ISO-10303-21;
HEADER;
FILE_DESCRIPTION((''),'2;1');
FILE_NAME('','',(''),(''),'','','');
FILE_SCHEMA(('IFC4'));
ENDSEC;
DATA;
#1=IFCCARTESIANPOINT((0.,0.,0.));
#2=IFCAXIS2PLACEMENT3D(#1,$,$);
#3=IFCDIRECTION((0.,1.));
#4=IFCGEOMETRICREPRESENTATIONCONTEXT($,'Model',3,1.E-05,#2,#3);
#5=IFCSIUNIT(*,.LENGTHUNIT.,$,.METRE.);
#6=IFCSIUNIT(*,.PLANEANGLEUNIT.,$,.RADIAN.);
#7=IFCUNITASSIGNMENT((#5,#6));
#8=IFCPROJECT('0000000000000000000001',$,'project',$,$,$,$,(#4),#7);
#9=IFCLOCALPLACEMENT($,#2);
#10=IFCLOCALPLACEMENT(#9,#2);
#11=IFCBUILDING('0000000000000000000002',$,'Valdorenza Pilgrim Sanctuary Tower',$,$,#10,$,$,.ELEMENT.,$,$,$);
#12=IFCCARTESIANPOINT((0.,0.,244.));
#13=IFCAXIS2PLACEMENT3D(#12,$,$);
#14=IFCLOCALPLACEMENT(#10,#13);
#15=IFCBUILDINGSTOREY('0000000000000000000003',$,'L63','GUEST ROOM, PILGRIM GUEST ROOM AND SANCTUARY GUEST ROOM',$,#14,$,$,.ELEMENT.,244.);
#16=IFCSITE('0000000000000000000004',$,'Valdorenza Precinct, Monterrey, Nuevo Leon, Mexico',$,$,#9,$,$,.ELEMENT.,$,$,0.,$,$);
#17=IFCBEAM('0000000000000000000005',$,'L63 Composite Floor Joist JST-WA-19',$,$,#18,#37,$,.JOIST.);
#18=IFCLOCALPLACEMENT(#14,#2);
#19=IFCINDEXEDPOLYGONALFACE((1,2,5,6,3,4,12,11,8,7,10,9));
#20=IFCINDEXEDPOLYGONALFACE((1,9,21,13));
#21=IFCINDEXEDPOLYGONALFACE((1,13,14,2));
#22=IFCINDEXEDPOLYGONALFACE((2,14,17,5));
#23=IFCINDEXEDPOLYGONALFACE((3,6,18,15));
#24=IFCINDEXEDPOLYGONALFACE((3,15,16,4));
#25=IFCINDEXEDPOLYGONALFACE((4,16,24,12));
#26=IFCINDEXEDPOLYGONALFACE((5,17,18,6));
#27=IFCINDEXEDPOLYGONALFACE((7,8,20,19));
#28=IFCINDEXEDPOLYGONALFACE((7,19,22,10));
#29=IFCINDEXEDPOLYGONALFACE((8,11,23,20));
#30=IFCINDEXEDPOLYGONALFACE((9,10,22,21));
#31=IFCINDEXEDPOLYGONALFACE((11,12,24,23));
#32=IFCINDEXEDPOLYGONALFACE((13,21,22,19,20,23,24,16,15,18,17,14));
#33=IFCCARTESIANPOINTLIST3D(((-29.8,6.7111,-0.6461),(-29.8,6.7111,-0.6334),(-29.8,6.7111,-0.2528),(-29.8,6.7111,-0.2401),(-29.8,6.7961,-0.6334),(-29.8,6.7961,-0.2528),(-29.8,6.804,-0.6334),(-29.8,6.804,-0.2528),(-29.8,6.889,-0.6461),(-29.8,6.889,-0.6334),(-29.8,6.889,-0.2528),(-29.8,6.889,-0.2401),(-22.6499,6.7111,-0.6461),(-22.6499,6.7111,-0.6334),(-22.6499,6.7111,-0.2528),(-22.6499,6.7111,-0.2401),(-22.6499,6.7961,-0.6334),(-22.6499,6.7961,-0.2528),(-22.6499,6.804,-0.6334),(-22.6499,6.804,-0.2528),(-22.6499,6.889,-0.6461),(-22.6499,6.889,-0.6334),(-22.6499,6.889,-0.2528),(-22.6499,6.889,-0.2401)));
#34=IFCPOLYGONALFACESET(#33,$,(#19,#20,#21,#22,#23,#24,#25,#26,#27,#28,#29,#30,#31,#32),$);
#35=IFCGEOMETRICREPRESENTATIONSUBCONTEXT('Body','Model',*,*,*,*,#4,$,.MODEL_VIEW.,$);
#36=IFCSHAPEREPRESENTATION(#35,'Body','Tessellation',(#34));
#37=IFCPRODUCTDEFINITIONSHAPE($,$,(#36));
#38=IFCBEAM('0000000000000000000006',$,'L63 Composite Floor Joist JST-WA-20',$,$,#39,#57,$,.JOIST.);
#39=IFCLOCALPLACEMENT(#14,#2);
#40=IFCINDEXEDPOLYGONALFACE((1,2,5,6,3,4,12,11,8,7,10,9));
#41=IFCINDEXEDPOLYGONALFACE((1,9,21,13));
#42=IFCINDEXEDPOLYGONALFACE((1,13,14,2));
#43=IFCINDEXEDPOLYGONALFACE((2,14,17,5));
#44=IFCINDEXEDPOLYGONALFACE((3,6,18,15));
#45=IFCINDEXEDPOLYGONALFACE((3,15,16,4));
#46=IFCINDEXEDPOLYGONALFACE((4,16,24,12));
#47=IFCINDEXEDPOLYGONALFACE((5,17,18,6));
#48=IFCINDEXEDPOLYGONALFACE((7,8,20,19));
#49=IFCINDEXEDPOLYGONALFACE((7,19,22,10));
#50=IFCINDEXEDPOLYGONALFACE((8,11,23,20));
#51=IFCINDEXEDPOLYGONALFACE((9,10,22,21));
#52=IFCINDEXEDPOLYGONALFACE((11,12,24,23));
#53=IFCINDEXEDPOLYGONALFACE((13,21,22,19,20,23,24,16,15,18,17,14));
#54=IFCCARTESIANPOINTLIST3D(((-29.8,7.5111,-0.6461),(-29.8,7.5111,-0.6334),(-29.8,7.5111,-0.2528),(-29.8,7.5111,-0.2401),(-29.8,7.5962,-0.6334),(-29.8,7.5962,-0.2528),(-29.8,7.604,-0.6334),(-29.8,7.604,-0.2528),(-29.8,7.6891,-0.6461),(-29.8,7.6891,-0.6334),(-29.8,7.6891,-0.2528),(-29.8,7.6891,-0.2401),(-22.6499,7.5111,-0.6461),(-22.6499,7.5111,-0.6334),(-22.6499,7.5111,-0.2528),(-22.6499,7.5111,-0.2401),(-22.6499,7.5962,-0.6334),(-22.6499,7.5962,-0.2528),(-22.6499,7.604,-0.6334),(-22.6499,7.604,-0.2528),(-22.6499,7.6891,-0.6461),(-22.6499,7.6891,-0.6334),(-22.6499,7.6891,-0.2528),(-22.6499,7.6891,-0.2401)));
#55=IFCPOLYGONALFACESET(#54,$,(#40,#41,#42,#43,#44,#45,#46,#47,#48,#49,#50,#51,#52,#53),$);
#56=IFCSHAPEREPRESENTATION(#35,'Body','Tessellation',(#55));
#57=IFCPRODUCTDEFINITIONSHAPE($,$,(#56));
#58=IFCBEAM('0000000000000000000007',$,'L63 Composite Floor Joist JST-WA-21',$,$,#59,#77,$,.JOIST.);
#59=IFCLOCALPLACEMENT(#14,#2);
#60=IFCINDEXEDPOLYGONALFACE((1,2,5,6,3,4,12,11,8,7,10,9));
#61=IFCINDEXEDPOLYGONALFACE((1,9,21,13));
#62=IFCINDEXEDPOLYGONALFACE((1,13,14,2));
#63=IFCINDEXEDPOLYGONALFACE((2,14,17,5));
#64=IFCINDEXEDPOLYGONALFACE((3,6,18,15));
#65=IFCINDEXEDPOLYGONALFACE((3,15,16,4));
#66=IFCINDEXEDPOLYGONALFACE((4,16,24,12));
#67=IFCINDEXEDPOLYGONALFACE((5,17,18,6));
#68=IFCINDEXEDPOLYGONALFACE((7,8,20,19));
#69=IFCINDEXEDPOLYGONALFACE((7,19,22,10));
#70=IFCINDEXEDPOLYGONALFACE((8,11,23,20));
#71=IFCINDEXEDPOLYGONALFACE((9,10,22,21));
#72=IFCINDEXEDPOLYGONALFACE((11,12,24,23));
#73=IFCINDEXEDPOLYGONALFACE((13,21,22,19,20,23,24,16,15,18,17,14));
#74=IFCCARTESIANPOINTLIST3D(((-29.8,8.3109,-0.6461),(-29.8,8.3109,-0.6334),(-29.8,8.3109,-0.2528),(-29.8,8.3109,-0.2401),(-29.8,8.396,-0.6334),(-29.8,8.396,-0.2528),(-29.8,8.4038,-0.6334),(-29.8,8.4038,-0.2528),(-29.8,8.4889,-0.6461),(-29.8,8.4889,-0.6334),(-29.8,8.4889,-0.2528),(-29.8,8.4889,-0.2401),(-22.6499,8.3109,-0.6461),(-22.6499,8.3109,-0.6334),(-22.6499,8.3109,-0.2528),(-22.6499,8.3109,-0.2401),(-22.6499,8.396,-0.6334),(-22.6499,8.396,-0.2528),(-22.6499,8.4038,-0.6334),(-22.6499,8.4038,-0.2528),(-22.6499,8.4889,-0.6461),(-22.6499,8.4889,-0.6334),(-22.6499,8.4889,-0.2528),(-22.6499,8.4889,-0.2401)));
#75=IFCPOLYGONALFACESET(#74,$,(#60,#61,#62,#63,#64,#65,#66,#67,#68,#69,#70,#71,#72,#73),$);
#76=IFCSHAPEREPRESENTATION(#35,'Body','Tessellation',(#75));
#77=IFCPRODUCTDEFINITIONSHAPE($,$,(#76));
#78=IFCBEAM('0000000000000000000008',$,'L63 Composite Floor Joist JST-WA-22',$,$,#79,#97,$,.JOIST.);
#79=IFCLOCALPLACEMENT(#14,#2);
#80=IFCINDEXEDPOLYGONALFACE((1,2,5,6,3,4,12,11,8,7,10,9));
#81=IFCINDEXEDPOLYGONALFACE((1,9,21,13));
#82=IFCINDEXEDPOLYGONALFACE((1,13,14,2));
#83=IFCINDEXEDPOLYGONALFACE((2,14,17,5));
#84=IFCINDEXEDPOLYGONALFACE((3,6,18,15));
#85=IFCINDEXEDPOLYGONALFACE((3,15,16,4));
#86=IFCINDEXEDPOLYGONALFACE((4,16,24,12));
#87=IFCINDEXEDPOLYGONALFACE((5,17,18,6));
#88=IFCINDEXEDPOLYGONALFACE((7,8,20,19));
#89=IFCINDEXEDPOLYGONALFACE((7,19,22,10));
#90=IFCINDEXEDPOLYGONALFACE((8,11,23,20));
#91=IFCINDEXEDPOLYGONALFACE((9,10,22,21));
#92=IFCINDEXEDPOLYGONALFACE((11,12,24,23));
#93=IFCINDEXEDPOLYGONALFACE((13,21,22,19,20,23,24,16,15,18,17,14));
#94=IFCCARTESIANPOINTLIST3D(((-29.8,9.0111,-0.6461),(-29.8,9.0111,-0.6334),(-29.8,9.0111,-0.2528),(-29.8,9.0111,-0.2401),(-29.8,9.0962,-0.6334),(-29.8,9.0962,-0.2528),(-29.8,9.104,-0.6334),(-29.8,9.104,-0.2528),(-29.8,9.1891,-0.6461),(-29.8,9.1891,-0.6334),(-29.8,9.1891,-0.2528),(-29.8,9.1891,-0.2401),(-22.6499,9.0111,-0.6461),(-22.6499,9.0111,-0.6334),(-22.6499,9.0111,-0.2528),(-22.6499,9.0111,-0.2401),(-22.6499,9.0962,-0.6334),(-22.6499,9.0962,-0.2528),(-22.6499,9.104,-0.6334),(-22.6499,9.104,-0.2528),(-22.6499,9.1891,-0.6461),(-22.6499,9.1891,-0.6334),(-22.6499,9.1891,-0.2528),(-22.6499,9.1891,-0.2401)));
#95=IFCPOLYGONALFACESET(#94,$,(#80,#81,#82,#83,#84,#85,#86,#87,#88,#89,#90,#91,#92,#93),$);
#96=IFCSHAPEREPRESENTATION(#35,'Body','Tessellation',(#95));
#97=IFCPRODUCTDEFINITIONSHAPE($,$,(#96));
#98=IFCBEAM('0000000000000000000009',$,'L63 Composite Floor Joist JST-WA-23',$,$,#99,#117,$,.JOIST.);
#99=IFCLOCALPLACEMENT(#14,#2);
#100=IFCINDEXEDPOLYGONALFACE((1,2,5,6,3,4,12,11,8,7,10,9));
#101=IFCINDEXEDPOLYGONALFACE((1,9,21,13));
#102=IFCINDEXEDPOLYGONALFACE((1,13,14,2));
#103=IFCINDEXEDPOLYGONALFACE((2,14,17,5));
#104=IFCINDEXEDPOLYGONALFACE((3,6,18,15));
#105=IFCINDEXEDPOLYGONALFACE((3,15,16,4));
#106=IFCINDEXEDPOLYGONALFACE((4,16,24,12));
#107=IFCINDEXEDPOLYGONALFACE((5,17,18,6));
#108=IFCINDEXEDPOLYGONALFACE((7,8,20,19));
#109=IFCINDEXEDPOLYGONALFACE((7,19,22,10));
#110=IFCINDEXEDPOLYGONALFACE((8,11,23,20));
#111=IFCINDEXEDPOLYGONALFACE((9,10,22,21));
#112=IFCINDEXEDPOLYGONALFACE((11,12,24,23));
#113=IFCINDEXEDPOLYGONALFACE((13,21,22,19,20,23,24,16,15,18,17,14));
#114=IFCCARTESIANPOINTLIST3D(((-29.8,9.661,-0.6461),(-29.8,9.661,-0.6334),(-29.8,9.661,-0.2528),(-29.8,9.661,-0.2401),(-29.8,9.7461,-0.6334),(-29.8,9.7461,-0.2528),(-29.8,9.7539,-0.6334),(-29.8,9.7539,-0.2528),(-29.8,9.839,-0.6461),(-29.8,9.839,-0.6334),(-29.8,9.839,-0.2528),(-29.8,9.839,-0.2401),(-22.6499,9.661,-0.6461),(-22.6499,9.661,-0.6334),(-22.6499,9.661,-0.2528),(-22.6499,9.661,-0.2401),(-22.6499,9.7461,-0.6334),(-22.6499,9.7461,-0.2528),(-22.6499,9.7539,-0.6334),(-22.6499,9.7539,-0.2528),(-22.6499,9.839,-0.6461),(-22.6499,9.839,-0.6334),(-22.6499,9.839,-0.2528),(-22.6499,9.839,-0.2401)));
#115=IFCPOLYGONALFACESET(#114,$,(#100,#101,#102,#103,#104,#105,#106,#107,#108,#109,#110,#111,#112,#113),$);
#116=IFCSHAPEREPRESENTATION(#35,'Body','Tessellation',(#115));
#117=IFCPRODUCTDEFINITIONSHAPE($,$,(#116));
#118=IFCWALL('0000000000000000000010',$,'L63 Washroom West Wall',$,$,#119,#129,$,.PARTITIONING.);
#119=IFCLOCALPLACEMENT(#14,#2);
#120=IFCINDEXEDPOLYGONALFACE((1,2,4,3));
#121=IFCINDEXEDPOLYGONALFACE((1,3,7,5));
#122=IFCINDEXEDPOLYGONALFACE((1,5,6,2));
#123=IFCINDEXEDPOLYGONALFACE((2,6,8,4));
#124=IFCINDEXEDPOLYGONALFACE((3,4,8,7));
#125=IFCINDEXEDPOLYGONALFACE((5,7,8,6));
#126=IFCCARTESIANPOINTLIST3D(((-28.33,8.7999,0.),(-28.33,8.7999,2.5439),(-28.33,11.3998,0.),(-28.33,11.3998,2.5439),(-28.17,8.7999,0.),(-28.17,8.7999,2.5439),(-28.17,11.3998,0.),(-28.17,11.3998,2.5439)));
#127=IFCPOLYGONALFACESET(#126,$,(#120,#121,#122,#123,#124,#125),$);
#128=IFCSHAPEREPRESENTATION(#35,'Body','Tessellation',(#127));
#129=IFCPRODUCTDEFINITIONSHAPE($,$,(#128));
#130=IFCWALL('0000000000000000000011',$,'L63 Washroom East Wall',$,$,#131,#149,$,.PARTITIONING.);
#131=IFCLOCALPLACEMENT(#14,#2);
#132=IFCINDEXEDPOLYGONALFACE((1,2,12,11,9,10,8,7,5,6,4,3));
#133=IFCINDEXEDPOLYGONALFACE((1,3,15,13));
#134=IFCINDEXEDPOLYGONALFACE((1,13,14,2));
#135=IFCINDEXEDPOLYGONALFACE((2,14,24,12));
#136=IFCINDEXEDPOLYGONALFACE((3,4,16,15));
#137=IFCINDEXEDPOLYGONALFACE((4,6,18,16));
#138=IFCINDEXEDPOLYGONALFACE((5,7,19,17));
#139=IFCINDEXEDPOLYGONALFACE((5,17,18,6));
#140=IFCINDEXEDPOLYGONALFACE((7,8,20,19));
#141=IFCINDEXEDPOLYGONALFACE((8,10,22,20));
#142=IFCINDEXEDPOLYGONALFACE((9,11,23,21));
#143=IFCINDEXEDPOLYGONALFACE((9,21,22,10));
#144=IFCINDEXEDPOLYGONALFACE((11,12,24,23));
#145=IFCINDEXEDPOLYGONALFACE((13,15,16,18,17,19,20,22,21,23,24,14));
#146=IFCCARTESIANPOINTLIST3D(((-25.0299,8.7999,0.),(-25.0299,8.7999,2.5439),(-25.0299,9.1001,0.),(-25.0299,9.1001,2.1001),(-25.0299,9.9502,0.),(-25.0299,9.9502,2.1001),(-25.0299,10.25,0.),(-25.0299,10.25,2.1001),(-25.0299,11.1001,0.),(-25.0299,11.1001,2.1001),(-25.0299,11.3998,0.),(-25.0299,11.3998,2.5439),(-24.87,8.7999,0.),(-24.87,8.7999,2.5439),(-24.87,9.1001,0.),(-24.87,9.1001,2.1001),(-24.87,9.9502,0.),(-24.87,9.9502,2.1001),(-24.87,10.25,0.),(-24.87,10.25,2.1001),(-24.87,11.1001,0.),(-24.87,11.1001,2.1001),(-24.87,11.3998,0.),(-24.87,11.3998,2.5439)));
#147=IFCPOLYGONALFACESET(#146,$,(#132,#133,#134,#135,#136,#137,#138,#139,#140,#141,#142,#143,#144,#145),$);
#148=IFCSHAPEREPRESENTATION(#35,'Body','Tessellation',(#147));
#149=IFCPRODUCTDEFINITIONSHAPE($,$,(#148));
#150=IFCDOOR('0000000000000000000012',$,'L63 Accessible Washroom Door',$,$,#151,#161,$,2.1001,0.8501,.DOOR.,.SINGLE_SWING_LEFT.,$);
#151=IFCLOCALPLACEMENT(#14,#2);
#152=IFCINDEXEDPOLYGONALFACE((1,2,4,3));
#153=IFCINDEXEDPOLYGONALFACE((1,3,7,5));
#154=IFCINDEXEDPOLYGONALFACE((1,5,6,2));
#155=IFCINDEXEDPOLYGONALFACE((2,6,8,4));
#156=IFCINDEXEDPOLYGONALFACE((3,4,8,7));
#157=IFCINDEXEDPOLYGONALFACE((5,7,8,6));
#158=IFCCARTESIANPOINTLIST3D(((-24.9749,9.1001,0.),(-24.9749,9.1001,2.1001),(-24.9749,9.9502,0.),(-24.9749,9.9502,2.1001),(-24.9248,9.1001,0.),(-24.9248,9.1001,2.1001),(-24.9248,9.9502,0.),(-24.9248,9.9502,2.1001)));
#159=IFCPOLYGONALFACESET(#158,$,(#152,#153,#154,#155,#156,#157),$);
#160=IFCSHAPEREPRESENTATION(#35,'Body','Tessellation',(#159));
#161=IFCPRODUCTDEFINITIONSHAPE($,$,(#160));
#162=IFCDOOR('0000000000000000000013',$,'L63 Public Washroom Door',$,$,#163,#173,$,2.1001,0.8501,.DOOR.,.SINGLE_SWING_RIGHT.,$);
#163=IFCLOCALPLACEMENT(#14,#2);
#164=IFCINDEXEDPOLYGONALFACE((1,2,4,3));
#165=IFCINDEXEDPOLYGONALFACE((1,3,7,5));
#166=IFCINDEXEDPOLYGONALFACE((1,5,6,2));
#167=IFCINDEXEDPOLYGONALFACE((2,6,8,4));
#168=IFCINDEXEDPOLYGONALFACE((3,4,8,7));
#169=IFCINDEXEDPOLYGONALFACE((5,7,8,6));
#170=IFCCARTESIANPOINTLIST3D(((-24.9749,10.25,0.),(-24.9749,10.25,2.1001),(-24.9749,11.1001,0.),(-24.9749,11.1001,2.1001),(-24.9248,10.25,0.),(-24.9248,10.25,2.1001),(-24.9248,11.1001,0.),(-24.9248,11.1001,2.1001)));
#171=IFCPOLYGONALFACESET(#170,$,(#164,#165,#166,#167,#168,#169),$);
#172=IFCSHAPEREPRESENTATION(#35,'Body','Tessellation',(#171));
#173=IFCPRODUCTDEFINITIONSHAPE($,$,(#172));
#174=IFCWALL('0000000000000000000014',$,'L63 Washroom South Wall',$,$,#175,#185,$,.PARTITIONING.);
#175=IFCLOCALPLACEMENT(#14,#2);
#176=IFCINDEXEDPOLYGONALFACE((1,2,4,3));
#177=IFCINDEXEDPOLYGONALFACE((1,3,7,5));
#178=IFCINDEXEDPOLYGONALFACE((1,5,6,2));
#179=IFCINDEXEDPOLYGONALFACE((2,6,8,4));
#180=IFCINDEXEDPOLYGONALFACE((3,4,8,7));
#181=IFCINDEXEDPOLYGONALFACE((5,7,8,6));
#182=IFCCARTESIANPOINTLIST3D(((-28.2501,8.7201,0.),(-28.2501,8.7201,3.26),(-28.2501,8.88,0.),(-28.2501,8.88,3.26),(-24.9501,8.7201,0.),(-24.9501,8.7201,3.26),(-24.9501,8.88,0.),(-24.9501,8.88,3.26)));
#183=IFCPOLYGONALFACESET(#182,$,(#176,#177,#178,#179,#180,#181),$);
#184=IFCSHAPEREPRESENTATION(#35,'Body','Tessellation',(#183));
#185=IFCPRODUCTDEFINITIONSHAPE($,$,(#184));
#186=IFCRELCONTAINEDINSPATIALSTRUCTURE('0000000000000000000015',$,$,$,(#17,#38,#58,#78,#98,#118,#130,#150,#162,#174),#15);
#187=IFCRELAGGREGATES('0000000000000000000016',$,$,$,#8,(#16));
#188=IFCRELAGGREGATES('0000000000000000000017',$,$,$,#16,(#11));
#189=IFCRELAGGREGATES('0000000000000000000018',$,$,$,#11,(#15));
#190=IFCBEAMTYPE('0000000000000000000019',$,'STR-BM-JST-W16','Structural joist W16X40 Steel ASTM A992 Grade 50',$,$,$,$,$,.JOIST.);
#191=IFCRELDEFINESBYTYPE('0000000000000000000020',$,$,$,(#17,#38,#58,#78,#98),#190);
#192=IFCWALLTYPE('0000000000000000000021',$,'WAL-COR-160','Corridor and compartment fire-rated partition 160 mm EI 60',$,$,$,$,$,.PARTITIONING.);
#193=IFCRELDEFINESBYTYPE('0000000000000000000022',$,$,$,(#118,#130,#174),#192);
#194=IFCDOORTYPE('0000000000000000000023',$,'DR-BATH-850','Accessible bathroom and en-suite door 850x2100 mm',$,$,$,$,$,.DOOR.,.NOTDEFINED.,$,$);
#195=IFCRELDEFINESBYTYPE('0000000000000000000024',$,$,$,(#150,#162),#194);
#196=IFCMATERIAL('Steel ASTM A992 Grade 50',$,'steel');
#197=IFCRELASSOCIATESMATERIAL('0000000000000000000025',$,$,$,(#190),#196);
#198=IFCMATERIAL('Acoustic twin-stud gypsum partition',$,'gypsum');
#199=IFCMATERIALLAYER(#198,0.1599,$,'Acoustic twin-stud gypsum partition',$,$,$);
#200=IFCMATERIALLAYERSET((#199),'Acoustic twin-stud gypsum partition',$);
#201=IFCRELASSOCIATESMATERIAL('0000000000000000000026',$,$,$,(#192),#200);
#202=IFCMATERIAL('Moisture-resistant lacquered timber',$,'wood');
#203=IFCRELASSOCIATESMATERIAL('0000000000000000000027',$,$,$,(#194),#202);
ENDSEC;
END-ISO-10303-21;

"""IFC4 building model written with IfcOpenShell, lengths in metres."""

from ifc_helpers import new_model, si_unit, direction, frame, frame_2d, origin, origin_2d, place, context, subcontext, project, spatial, rectangle, i_section, extrude, source, transform, mapped, material, layer, layer_set, material_profile, profile_set, type_object, element, fill, save


model = new_model("IFC4")

# Units and contexts
model_context = context("Model", 3, precision=1e-05, world=origin(), true_north=direction((0.0, 1.0)))
body_context = subcontext(model_context, "Body", "Model", "MODEL_VIEW")
ifc_project = project(units=[si_unit("LENGTHUNIT", "METRE"), si_unit("PLANEANGLEUNIT", "RADIAN")], contexts=[model_context])

# Site, building, storey
site_placement = place(None, origin())
site = spatial("IfcSite", under=ifc_project, at=site_placement, Name="Valdorenza Precinct, Monterrey, Nuevo Leon, Mexico", CompositionType="ELEMENT", RefElevation=0.0)
building_placement = place(site_placement, origin())
building = spatial("IfcBuilding", under=site, at=building_placement, Name="Valdorenza Pilgrim Sanctuary Tower", CompositionType="ELEMENT")
storey_placement = place(building_placement, frame((0.0, 0.0, 244.0)))
storey = spatial("IfcBuildingStorey", under=building, at=storey_placement, Name="L63", Description="GUEST ROOM, PILGRIM GUEST ROOM AND SANCTUARY GUEST ROOM", CompositionType="ELEMENT", Elevation=244.0)

# Beams
ifc_material_1 = material(Name="Steel ASTM A992 Grade 50", Category="steel")
ifc_material_profile = material_profile(ifc_material_1, i_section(OverallWidth=0.178, OverallDepth=0.406, WebThickness=0.0078, FlangeThickness=0.0127, at=origin_2d()), Name="W16X40")
ifc_profile_set = profile_set([ifc_material_profile], Name="Steel ASTM A992 Grade 50")
beam_type = type_object("IfcBeamType", Name="STR-BM-JST-W16", Description="Structural joist W16X40 Steel ASTM A992 Grade 50", PredefinedType="JOIST", material=ifc_profile_set)
shared_shape = source(origin(), body_context, "Body", "SweptSolid", [
    extrude(i_section(OverallWidth=0.178, OverallDepth=0.406, WebThickness=0.0078, FlangeThickness=0.0127, at=origin_2d()), origin(), (0.0, 0.0, 1.0), 7.1501),
])
for number, where, z_axis, x_axis, name in (
    (1, (-29.8, 6.8, -0.4431), (1.0, 0.0, 0.0), (0.0, 1.0, 0.0), "L63 Composite Floor Joist JST-WA-19"),
    (2, (-29.8, 7.6001, -0.4431), (1.0, 0.0, 0.0), (0.0, 1.0, 0.0), "L63 Composite Floor Joist JST-WA-20"),
    (3, (-29.8, 8.3999, -0.4431), (1.0, 0.0, 0.0), (0.0, 1.0, 0.0), "L63 Composite Floor Joist JST-WA-21"),
    (4, (-29.8, 9.1001, -0.4431), (1.0, 0.0, 0.0), (0.0, 1.0, 0.0), "L63 Composite Floor Joist JST-WA-22"),
    (5, (-29.8, 9.75, -0.4431), (1.0, 0.0, 0.0), (0.0, 1.0, 0.0), "L63 Composite Floor Joist JST-WA-23"),
):
    element("IfcBeam", number, at=place(storey_placement, frame(where, z_axis=z_axis, x_axis=x_axis)), inside=storey, type_object=beam_type, Name=name, PredefinedType="JOIST", context=body_context, shape_type="MappedRepresentation", body=[
        mapped(shared_shape, transform((0.0, 0.0, 0.0), x_axis=(1.0, 0.0, 0.0), y_axis=(0.0, 1.0, 0.0), z_axis=(0.0, 0.0, 1.0), scale=1.0)),
    ])

# Wall
ifc_material_2 = material(Name="Acoustic twin-stud gypsum partition", Category="gypsum")
ifc_layer_1 = layer(ifc_material_2, 0.1599, Name="Acoustic twin-stud gypsum partition")
ifc_layer_set_1 = layer_set([ifc_layer_1], Name="Acoustic twin-stud gypsum partition")
wall_type_1 = type_object("IfcWallType", Name="WAL-COR-160", Description="Corridor and compartment fire-rated partition 160 mm EI 60", PredefinedType="PARTITIONING", material=ifc_layer_set_1)
wall_1_placement = place(storey_placement, frame((-28.25, 8.8, 0.0), z_axis=(0.0, 0.0, 1.0), x_axis=(0.0, 1.0, 0.0)))
element("IfcWall", 6, at=wall_1_placement, inside=storey, type_object=wall_type_1, Name="L63 Washroom West Wall", PredefinedType="PARTITIONING", context=body_context, shape_type="SweptSolid", body=[
    extrude(rectangle(XDim=2.5999, YDim=0.1599, at=frame_2d((1.2998, 0.0))), origin(), (0.0, 0.0, 1.0), 2.5439),
])

# Wall, openings, doors
wall_2_placement = place(storey_placement, frame((-24.95, 8.8, 0.0), z_axis=(0.0, 0.0, 1.0), x_axis=(0.0, 1.0, 0.0)))
wall_2 = element("IfcWall", 7, at=wall_2_placement, inside=storey, type_object=wall_type_1, Name="L63 Washroom East Wall", PredefinedType="PARTITIONING", context=body_context, shape_type="SweptSolid", body=[
    extrude(rectangle(XDim=2.5999, YDim=0.1599, at=frame_2d((1.2998, 0.0))), origin(), (0.0, 0.0, 1.0), 2.5439),
])
opening_1_placement = place(wall_2_placement, frame((0.3, 0.0, 0.0)))
opening_1 = element("IfcOpeningElement", 8, at=opening_1_placement, cuts=wall_2, PredefinedType="OPENING", context=body_context, shape_type="SweptSolid", body=[
    extrude(rectangle(XDim=0.8501, YDim=2.1001, at=frame_2d((0.425, 1.05))), frame((0.0, 0.0947, 0.0), z_axis=(0.0, -1.0, 0.0), x_axis=(1.0, 0.0, 0.0)), (0.0, 0.0, 1.0), 0.1897),
])
opening_2_placement = place(wall_2_placement, frame((1.45, 0.0, 0.0)))
opening_2 = element("IfcOpeningElement", 9, at=opening_2_placement, cuts=wall_2, PredefinedType="OPENING", context=body_context, shape_type="SweptSolid", body=[
    extrude(rectangle(XDim=0.8501, YDim=2.1001, at=frame_2d((0.425, 1.05))), frame((0.0, 0.0947, 0.0), z_axis=(0.0, -1.0, 0.0), x_axis=(1.0, 0.0, 0.0)), (0.0, 0.0, 1.0), 0.1897),
])
ifc_material_3 = material(Name="Moisture-resistant lacquered timber", Category="wood")
door_type_1 = type_object("IfcDoorType", Name="DR-BATH-850", Description="Accessible bathroom and en-suite door 850x2100 mm", OperationType="NOTDEFINED", PredefinedType="DOOR", material=ifc_material_3)
door_1_placement = place(opening_1_placement, origin())
door_1 = element("IfcDoor", 10, at=door_1_placement, inside=storey, type_object=door_type_1, Name="L63 Accessible Washroom Door", OperationType="SINGLE_SWING_LEFT", OverallHeight=2.1001, OverallWidth=0.8501, PredefinedType="DOOR", context=body_context, shape_type="SweptSolid", body=[
    extrude(rectangle(XDim=0.8501, YDim=2.1001, at=frame_2d((0.425, 1.05))), frame((0.0, 0.0249, 0.0), z_axis=(0.0, -1.0, 0.0), x_axis=(1.0, 0.0, 0.0)), (0.0, 0.0, 1.0), 0.05),
])
fill(opening_1, door_1)
door_2_placement = place(opening_2_placement, origin())
door_2 = element("IfcDoor", 11, at=door_2_placement, inside=storey, type_object=door_type_1, Name="L63 Public Washroom Door", OperationType="SINGLE_SWING_RIGHT", OverallHeight=2.1001, OverallWidth=0.8501, PredefinedType="DOOR", context=body_context, shape_type="SweptSolid", body=[
    extrude(rectangle(XDim=0.8501, YDim=2.1001, at=frame_2d((0.425, 1.05))), frame((0.0, 0.0249, 0.0), z_axis=(0.0, -1.0, 0.0), x_axis=(1.0, 0.0, 0.0)), (0.0, 0.0, 1.0), 0.05),
])
fill(opening_2, door_2)

# Wall
wall_3_placement = place(storey_placement, frame((-28.25, 8.8, 0.0), z_axis=(0.0, 0.0, 1.0), x_axis=(1.0, 0.0, 0.0)))
element("IfcWall", 12, at=wall_3_placement, inside=storey, type_object=wall_type_1, Name="L63 Washroom South Wall", PredefinedType="PARTITIONING", context=body_context, shape_type="SweptSolid", body=[
    extrude(rectangle(XDim=3.3, YDim=0.1599, at=frame_2d((1.6499, 0.0))), origin(), (0.0, 0.0, 1.0), 3.26),
])

save(model, "model.ifc")
